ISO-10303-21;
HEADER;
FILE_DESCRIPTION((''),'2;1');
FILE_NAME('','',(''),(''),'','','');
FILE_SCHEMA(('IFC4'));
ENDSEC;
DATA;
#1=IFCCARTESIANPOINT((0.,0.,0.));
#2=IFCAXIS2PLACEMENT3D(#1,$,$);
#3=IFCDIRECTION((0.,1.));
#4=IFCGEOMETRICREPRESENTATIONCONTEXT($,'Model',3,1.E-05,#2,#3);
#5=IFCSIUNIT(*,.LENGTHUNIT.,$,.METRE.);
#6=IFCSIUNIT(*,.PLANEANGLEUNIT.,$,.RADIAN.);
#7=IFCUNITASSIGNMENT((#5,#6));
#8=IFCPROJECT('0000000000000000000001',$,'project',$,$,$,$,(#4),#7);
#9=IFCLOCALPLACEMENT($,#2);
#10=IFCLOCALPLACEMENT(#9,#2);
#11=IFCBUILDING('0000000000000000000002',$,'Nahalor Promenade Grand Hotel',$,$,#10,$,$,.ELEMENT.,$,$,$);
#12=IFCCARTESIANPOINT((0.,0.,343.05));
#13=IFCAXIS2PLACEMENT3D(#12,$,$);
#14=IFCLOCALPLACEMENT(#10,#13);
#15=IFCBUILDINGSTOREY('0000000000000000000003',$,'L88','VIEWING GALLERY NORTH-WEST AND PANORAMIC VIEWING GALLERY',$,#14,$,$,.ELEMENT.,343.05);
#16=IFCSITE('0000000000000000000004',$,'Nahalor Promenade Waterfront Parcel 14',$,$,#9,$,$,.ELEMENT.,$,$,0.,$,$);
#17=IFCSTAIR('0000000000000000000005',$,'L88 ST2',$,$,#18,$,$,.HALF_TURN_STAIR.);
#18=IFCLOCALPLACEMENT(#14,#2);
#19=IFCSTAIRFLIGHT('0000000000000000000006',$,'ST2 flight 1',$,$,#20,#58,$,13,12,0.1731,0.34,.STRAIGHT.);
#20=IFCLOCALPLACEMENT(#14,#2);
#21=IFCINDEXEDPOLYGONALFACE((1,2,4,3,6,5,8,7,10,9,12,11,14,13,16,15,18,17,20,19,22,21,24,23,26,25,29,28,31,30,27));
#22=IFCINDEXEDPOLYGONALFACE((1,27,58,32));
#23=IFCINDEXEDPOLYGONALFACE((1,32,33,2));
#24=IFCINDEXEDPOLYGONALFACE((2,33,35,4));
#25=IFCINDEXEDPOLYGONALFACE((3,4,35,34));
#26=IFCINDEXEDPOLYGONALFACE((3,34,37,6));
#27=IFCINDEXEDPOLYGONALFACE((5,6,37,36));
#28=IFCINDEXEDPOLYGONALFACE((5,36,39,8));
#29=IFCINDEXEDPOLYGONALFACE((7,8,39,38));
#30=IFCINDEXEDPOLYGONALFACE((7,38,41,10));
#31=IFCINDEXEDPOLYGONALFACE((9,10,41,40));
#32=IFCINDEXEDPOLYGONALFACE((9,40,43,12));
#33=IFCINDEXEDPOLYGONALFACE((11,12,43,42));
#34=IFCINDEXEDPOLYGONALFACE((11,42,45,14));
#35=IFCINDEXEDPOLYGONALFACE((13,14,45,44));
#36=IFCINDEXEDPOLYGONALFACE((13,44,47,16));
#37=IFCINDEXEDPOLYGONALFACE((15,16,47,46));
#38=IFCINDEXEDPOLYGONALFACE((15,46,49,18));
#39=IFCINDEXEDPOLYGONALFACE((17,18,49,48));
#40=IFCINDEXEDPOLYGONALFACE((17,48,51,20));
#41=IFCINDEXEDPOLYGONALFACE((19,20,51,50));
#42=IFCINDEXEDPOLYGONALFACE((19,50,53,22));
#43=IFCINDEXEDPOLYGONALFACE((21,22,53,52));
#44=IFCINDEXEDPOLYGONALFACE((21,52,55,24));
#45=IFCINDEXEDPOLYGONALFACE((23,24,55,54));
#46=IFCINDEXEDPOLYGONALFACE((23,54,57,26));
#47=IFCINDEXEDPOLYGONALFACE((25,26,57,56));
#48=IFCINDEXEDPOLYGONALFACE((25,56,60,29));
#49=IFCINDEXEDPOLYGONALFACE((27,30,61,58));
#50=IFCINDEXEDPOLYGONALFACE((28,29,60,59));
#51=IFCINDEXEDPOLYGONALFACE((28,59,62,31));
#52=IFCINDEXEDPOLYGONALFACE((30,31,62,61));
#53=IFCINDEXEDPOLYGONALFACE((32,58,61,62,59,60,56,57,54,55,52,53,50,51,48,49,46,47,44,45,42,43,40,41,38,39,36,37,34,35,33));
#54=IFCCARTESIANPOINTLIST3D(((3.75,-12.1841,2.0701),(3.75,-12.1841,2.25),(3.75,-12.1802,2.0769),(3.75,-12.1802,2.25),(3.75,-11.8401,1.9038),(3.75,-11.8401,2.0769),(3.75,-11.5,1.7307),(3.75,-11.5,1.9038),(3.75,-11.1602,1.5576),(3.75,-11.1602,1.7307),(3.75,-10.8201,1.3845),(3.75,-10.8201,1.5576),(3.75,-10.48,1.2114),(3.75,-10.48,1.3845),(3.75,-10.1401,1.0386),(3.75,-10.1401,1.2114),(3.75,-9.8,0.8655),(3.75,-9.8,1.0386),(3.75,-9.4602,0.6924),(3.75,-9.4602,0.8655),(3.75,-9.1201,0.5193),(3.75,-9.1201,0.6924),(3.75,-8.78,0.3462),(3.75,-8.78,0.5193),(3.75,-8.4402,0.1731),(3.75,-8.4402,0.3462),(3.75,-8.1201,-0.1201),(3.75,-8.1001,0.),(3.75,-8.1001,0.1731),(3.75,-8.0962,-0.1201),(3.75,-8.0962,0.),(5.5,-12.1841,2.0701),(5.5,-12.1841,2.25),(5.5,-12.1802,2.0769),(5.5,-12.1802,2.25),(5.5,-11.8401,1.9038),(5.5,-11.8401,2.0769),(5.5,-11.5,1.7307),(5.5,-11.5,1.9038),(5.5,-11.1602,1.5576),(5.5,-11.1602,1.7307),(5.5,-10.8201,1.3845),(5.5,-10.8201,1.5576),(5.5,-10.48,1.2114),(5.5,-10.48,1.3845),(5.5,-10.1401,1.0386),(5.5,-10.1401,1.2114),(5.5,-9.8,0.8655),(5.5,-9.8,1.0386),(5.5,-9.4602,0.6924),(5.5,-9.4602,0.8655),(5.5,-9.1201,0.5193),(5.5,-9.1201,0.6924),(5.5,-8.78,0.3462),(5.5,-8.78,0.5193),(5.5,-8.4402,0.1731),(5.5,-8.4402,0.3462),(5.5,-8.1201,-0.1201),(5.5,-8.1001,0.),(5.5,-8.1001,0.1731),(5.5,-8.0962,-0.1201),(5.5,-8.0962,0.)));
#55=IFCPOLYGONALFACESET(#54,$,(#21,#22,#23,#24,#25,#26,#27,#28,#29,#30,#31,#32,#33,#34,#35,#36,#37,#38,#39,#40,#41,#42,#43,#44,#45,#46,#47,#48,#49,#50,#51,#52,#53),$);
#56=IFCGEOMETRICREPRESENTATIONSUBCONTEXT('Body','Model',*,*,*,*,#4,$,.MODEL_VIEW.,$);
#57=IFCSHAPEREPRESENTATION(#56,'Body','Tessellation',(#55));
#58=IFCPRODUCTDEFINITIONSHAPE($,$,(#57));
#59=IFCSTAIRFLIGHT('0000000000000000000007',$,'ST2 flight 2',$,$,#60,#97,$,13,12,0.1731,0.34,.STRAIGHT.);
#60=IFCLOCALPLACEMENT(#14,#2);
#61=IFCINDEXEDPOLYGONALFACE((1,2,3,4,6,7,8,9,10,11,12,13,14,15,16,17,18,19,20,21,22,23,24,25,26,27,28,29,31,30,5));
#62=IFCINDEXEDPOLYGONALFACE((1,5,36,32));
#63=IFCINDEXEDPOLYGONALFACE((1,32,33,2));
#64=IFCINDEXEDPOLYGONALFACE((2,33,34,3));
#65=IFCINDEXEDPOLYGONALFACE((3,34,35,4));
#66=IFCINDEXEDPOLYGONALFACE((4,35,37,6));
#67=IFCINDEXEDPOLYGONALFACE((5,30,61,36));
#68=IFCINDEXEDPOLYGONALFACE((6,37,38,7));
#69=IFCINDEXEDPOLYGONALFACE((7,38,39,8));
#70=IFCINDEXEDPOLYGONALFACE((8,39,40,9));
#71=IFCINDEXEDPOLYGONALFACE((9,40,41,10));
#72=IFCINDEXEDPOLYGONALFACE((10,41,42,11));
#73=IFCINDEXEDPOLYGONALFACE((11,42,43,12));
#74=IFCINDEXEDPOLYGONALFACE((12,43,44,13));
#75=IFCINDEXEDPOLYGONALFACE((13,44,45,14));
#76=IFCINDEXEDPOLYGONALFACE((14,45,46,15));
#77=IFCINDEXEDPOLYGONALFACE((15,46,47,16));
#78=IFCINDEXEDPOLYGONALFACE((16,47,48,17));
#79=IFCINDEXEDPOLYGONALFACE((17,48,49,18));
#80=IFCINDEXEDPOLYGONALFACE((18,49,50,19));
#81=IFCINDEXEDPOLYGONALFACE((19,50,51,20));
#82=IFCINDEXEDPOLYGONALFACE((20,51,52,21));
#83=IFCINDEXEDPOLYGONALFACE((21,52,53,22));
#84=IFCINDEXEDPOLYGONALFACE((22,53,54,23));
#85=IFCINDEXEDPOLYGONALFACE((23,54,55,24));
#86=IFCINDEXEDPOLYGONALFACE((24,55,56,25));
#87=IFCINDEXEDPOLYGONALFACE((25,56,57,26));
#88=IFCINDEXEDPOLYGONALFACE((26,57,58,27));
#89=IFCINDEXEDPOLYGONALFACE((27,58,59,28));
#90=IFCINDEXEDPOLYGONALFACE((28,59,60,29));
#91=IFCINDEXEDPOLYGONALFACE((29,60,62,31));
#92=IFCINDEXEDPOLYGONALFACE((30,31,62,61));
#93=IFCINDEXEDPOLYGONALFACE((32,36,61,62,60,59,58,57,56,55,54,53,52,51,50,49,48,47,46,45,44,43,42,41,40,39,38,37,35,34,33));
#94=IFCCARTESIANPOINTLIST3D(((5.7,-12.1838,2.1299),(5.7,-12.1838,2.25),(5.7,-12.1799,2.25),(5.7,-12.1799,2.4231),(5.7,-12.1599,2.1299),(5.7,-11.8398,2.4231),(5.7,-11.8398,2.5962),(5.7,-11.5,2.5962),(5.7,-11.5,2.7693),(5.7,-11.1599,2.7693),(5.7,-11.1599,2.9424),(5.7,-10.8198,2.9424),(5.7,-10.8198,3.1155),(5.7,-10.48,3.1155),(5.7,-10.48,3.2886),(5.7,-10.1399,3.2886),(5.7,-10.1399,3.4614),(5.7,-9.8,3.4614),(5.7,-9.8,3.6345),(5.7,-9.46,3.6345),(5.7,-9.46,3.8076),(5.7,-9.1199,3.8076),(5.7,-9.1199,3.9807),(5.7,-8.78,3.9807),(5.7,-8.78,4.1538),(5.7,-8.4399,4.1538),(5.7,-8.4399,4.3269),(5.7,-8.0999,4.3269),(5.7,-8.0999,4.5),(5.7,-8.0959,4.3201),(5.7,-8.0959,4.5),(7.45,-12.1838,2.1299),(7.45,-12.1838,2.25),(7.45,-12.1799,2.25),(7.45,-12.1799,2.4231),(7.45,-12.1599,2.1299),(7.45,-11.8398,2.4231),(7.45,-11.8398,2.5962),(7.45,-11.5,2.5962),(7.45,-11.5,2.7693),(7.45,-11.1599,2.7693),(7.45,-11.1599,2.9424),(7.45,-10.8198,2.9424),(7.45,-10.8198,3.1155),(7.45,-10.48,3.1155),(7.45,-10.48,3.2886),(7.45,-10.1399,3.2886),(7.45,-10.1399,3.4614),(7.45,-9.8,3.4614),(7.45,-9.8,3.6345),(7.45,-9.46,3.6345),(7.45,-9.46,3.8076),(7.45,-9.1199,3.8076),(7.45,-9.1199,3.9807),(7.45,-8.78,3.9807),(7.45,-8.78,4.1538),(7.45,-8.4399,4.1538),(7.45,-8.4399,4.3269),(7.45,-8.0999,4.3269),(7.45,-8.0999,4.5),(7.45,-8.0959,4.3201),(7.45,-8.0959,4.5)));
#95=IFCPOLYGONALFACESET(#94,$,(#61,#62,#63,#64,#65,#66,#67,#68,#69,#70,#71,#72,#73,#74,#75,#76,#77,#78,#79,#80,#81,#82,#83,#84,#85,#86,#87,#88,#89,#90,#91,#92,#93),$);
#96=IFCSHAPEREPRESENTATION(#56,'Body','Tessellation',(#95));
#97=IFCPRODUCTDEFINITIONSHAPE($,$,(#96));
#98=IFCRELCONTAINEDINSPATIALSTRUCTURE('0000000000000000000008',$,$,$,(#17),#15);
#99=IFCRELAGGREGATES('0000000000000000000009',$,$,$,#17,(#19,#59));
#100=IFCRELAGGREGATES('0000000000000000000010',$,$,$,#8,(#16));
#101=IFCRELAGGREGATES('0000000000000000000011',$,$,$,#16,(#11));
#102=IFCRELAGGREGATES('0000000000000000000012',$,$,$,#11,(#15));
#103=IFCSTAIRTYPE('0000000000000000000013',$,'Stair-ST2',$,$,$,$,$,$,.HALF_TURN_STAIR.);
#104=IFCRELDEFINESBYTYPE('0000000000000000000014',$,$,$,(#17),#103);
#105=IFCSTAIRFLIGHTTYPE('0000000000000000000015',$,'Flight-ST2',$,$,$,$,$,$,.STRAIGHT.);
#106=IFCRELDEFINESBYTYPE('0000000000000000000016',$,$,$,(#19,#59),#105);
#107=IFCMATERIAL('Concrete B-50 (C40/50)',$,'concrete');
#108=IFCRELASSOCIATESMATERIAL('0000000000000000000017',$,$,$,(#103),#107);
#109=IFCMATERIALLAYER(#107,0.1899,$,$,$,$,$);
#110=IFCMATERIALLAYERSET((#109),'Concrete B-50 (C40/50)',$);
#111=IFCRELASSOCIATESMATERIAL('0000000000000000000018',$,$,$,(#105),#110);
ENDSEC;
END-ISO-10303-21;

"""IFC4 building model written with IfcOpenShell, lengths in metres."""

from ifc_helpers import new_model, si_unit, direction, frame, origin, place, context, subcontext, project, spatial, polyline, outline, extrude, source, transform, mapped, material, layer, layer_set, type_object, element, aggregate, save


model = new_model("IFC4")

# Units and contexts
model_context = context("Model", 3, precision=1e-05, world=origin(), true_north=direction((0.0, 1.0)))
body_context = subcontext(model_context, "Body", "Model", "MODEL_VIEW")
ifc_project = project(units=[si_unit("LENGTHUNIT", "METRE"), si_unit("PLANEANGLEUNIT", "RADIAN")], contexts=[model_context])

# Site, building, storey
site_placement = place(None, origin())
site = spatial("IfcSite", under=ifc_project, at=site_placement, Name="Nahalor Promenade Waterfront Parcel 14", CompositionType="ELEMENT", RefElevation=0.0)
building_placement = place(site_placement, origin())
building = spatial("IfcBuilding", under=site, at=building_placement, Name="Nahalor Promenade Grand Hotel", CompositionType="ELEMENT")
storey_placement = place(building_placement, frame((0.0, 0.0, 343.05)))
storey = spatial("IfcBuildingStorey", under=building, at=storey_placement, Name="L88", Description="VIEWING GALLERY NORTH-WEST AND PANORAMIC VIEWING GALLERY", CompositionType="ELEMENT", Elevation=343.05)

# Shared definitions
ifc_material_1 = material(Name="Concrete B-50 (C40/50)", Category="concrete")

# Stair, stair flights
stair_type = type_object("IfcStairType", Name="Stair-ST2", PredefinedType="HALF_TURN_STAIR", material=ifc_material_1)
stair_placement = place(storey_placement, origin())
stair = element("IfcStair", 1, at=stair_placement, inside=storey, type_object=stair_type, Name="L88 ST2", PredefinedType="HALF_TURN_STAIR")
ifc_layer_1 = layer(ifc_material_1, 0.1899)
ifc_layer_set_1 = layer_set([ifc_layer_1], Name="Concrete B-50 (C40/50)")
stair_flight_type = type_object("IfcStairFlightType", Name="Flight-ST2", PredefinedType="STRAIGHT", material=ifc_layer_set_1)
shared_shape_1 = source(origin(), body_context, "Body", "SweptSolid", [
    extrude(outline(polyline([(-0.0039, -0.1201), (-0.0039, 0.0), (0.0, 0.0), (0.0, 0.1731), (0.3401, 0.1731), (0.3401, 0.3462), (0.6799, 0.3462), (0.6799, 0.5193), (1.02, 0.5193), (1.02, 0.6924), (1.3601, 0.6924), (1.3601, 0.8655), (1.7, 0.8655), (1.7, 1.0386), (2.04, 1.0386), (2.04, 1.2114), (2.3799, 1.2114), (2.3799, 1.3845), (2.72, 1.3845), (2.72, 1.5576), (3.0601, 1.5576), (3.0601, 1.7307), (3.3999, 1.7307), (3.3999, 1.9038), (3.74, 1.9038), (3.74, 2.0769), (4.0801, 2.0769), (4.0801, 2.25), (4.084, 2.25), (4.084, 2.0701), (0.02, -0.1201), (-0.0039, -0.1201)])), frame((0.0, 0.875, 0.0), z_axis=(0.0, -1.0, 0.0), x_axis=(1.0, 0.0, 0.0)), (0.0, 0.0, 1.0), 1.75),
])
stair_flight_1_placement = place(storey_placement, frame((4.625, -8.1001, 0.0), z_axis=(0.0, 0.0, 1.0), x_axis=(0.0, -1.0, 0.0)))
stair_flight_1 = element("IfcStairFlight", 2, at=stair_flight_1_placement, type_object=stair_flight_type, Name="ST2 flight 1", NumberOfRisers=13, NumberOfTreads=12, PredefinedType="STRAIGHT", RiserHeight=0.1731, TreadLength=0.34, context=body_context, shape_type="MappedRepresentation", body=[
    mapped(shared_shape_1, transform((0.0, 0.0, 0.0), scale=1.0)),
])
stair_flight_2_placement = place(storey_placement, frame((6.575, -12.1799, 2.25), z_axis=(0.0, 0.0, 1.0), x_axis=(0.0, 1.0, 0.0)))
stair_flight_2 = element("IfcStairFlight", 3, at=stair_flight_2_placement, type_object=stair_flight_type, Name="ST2 flight 2", NumberOfRisers=13, NumberOfTreads=12, PredefinedType="STRAIGHT", RiserHeight=0.1731, TreadLength=0.34, context=body_context, shape_type="MappedRepresentation", body=[
    mapped(shared_shape_1, transform((0.0, 0.0, 0.0), scale=1.0)),
])
aggregate(stair, [stair_flight_1, stair_flight_2])

save(model, "model.ifc")
